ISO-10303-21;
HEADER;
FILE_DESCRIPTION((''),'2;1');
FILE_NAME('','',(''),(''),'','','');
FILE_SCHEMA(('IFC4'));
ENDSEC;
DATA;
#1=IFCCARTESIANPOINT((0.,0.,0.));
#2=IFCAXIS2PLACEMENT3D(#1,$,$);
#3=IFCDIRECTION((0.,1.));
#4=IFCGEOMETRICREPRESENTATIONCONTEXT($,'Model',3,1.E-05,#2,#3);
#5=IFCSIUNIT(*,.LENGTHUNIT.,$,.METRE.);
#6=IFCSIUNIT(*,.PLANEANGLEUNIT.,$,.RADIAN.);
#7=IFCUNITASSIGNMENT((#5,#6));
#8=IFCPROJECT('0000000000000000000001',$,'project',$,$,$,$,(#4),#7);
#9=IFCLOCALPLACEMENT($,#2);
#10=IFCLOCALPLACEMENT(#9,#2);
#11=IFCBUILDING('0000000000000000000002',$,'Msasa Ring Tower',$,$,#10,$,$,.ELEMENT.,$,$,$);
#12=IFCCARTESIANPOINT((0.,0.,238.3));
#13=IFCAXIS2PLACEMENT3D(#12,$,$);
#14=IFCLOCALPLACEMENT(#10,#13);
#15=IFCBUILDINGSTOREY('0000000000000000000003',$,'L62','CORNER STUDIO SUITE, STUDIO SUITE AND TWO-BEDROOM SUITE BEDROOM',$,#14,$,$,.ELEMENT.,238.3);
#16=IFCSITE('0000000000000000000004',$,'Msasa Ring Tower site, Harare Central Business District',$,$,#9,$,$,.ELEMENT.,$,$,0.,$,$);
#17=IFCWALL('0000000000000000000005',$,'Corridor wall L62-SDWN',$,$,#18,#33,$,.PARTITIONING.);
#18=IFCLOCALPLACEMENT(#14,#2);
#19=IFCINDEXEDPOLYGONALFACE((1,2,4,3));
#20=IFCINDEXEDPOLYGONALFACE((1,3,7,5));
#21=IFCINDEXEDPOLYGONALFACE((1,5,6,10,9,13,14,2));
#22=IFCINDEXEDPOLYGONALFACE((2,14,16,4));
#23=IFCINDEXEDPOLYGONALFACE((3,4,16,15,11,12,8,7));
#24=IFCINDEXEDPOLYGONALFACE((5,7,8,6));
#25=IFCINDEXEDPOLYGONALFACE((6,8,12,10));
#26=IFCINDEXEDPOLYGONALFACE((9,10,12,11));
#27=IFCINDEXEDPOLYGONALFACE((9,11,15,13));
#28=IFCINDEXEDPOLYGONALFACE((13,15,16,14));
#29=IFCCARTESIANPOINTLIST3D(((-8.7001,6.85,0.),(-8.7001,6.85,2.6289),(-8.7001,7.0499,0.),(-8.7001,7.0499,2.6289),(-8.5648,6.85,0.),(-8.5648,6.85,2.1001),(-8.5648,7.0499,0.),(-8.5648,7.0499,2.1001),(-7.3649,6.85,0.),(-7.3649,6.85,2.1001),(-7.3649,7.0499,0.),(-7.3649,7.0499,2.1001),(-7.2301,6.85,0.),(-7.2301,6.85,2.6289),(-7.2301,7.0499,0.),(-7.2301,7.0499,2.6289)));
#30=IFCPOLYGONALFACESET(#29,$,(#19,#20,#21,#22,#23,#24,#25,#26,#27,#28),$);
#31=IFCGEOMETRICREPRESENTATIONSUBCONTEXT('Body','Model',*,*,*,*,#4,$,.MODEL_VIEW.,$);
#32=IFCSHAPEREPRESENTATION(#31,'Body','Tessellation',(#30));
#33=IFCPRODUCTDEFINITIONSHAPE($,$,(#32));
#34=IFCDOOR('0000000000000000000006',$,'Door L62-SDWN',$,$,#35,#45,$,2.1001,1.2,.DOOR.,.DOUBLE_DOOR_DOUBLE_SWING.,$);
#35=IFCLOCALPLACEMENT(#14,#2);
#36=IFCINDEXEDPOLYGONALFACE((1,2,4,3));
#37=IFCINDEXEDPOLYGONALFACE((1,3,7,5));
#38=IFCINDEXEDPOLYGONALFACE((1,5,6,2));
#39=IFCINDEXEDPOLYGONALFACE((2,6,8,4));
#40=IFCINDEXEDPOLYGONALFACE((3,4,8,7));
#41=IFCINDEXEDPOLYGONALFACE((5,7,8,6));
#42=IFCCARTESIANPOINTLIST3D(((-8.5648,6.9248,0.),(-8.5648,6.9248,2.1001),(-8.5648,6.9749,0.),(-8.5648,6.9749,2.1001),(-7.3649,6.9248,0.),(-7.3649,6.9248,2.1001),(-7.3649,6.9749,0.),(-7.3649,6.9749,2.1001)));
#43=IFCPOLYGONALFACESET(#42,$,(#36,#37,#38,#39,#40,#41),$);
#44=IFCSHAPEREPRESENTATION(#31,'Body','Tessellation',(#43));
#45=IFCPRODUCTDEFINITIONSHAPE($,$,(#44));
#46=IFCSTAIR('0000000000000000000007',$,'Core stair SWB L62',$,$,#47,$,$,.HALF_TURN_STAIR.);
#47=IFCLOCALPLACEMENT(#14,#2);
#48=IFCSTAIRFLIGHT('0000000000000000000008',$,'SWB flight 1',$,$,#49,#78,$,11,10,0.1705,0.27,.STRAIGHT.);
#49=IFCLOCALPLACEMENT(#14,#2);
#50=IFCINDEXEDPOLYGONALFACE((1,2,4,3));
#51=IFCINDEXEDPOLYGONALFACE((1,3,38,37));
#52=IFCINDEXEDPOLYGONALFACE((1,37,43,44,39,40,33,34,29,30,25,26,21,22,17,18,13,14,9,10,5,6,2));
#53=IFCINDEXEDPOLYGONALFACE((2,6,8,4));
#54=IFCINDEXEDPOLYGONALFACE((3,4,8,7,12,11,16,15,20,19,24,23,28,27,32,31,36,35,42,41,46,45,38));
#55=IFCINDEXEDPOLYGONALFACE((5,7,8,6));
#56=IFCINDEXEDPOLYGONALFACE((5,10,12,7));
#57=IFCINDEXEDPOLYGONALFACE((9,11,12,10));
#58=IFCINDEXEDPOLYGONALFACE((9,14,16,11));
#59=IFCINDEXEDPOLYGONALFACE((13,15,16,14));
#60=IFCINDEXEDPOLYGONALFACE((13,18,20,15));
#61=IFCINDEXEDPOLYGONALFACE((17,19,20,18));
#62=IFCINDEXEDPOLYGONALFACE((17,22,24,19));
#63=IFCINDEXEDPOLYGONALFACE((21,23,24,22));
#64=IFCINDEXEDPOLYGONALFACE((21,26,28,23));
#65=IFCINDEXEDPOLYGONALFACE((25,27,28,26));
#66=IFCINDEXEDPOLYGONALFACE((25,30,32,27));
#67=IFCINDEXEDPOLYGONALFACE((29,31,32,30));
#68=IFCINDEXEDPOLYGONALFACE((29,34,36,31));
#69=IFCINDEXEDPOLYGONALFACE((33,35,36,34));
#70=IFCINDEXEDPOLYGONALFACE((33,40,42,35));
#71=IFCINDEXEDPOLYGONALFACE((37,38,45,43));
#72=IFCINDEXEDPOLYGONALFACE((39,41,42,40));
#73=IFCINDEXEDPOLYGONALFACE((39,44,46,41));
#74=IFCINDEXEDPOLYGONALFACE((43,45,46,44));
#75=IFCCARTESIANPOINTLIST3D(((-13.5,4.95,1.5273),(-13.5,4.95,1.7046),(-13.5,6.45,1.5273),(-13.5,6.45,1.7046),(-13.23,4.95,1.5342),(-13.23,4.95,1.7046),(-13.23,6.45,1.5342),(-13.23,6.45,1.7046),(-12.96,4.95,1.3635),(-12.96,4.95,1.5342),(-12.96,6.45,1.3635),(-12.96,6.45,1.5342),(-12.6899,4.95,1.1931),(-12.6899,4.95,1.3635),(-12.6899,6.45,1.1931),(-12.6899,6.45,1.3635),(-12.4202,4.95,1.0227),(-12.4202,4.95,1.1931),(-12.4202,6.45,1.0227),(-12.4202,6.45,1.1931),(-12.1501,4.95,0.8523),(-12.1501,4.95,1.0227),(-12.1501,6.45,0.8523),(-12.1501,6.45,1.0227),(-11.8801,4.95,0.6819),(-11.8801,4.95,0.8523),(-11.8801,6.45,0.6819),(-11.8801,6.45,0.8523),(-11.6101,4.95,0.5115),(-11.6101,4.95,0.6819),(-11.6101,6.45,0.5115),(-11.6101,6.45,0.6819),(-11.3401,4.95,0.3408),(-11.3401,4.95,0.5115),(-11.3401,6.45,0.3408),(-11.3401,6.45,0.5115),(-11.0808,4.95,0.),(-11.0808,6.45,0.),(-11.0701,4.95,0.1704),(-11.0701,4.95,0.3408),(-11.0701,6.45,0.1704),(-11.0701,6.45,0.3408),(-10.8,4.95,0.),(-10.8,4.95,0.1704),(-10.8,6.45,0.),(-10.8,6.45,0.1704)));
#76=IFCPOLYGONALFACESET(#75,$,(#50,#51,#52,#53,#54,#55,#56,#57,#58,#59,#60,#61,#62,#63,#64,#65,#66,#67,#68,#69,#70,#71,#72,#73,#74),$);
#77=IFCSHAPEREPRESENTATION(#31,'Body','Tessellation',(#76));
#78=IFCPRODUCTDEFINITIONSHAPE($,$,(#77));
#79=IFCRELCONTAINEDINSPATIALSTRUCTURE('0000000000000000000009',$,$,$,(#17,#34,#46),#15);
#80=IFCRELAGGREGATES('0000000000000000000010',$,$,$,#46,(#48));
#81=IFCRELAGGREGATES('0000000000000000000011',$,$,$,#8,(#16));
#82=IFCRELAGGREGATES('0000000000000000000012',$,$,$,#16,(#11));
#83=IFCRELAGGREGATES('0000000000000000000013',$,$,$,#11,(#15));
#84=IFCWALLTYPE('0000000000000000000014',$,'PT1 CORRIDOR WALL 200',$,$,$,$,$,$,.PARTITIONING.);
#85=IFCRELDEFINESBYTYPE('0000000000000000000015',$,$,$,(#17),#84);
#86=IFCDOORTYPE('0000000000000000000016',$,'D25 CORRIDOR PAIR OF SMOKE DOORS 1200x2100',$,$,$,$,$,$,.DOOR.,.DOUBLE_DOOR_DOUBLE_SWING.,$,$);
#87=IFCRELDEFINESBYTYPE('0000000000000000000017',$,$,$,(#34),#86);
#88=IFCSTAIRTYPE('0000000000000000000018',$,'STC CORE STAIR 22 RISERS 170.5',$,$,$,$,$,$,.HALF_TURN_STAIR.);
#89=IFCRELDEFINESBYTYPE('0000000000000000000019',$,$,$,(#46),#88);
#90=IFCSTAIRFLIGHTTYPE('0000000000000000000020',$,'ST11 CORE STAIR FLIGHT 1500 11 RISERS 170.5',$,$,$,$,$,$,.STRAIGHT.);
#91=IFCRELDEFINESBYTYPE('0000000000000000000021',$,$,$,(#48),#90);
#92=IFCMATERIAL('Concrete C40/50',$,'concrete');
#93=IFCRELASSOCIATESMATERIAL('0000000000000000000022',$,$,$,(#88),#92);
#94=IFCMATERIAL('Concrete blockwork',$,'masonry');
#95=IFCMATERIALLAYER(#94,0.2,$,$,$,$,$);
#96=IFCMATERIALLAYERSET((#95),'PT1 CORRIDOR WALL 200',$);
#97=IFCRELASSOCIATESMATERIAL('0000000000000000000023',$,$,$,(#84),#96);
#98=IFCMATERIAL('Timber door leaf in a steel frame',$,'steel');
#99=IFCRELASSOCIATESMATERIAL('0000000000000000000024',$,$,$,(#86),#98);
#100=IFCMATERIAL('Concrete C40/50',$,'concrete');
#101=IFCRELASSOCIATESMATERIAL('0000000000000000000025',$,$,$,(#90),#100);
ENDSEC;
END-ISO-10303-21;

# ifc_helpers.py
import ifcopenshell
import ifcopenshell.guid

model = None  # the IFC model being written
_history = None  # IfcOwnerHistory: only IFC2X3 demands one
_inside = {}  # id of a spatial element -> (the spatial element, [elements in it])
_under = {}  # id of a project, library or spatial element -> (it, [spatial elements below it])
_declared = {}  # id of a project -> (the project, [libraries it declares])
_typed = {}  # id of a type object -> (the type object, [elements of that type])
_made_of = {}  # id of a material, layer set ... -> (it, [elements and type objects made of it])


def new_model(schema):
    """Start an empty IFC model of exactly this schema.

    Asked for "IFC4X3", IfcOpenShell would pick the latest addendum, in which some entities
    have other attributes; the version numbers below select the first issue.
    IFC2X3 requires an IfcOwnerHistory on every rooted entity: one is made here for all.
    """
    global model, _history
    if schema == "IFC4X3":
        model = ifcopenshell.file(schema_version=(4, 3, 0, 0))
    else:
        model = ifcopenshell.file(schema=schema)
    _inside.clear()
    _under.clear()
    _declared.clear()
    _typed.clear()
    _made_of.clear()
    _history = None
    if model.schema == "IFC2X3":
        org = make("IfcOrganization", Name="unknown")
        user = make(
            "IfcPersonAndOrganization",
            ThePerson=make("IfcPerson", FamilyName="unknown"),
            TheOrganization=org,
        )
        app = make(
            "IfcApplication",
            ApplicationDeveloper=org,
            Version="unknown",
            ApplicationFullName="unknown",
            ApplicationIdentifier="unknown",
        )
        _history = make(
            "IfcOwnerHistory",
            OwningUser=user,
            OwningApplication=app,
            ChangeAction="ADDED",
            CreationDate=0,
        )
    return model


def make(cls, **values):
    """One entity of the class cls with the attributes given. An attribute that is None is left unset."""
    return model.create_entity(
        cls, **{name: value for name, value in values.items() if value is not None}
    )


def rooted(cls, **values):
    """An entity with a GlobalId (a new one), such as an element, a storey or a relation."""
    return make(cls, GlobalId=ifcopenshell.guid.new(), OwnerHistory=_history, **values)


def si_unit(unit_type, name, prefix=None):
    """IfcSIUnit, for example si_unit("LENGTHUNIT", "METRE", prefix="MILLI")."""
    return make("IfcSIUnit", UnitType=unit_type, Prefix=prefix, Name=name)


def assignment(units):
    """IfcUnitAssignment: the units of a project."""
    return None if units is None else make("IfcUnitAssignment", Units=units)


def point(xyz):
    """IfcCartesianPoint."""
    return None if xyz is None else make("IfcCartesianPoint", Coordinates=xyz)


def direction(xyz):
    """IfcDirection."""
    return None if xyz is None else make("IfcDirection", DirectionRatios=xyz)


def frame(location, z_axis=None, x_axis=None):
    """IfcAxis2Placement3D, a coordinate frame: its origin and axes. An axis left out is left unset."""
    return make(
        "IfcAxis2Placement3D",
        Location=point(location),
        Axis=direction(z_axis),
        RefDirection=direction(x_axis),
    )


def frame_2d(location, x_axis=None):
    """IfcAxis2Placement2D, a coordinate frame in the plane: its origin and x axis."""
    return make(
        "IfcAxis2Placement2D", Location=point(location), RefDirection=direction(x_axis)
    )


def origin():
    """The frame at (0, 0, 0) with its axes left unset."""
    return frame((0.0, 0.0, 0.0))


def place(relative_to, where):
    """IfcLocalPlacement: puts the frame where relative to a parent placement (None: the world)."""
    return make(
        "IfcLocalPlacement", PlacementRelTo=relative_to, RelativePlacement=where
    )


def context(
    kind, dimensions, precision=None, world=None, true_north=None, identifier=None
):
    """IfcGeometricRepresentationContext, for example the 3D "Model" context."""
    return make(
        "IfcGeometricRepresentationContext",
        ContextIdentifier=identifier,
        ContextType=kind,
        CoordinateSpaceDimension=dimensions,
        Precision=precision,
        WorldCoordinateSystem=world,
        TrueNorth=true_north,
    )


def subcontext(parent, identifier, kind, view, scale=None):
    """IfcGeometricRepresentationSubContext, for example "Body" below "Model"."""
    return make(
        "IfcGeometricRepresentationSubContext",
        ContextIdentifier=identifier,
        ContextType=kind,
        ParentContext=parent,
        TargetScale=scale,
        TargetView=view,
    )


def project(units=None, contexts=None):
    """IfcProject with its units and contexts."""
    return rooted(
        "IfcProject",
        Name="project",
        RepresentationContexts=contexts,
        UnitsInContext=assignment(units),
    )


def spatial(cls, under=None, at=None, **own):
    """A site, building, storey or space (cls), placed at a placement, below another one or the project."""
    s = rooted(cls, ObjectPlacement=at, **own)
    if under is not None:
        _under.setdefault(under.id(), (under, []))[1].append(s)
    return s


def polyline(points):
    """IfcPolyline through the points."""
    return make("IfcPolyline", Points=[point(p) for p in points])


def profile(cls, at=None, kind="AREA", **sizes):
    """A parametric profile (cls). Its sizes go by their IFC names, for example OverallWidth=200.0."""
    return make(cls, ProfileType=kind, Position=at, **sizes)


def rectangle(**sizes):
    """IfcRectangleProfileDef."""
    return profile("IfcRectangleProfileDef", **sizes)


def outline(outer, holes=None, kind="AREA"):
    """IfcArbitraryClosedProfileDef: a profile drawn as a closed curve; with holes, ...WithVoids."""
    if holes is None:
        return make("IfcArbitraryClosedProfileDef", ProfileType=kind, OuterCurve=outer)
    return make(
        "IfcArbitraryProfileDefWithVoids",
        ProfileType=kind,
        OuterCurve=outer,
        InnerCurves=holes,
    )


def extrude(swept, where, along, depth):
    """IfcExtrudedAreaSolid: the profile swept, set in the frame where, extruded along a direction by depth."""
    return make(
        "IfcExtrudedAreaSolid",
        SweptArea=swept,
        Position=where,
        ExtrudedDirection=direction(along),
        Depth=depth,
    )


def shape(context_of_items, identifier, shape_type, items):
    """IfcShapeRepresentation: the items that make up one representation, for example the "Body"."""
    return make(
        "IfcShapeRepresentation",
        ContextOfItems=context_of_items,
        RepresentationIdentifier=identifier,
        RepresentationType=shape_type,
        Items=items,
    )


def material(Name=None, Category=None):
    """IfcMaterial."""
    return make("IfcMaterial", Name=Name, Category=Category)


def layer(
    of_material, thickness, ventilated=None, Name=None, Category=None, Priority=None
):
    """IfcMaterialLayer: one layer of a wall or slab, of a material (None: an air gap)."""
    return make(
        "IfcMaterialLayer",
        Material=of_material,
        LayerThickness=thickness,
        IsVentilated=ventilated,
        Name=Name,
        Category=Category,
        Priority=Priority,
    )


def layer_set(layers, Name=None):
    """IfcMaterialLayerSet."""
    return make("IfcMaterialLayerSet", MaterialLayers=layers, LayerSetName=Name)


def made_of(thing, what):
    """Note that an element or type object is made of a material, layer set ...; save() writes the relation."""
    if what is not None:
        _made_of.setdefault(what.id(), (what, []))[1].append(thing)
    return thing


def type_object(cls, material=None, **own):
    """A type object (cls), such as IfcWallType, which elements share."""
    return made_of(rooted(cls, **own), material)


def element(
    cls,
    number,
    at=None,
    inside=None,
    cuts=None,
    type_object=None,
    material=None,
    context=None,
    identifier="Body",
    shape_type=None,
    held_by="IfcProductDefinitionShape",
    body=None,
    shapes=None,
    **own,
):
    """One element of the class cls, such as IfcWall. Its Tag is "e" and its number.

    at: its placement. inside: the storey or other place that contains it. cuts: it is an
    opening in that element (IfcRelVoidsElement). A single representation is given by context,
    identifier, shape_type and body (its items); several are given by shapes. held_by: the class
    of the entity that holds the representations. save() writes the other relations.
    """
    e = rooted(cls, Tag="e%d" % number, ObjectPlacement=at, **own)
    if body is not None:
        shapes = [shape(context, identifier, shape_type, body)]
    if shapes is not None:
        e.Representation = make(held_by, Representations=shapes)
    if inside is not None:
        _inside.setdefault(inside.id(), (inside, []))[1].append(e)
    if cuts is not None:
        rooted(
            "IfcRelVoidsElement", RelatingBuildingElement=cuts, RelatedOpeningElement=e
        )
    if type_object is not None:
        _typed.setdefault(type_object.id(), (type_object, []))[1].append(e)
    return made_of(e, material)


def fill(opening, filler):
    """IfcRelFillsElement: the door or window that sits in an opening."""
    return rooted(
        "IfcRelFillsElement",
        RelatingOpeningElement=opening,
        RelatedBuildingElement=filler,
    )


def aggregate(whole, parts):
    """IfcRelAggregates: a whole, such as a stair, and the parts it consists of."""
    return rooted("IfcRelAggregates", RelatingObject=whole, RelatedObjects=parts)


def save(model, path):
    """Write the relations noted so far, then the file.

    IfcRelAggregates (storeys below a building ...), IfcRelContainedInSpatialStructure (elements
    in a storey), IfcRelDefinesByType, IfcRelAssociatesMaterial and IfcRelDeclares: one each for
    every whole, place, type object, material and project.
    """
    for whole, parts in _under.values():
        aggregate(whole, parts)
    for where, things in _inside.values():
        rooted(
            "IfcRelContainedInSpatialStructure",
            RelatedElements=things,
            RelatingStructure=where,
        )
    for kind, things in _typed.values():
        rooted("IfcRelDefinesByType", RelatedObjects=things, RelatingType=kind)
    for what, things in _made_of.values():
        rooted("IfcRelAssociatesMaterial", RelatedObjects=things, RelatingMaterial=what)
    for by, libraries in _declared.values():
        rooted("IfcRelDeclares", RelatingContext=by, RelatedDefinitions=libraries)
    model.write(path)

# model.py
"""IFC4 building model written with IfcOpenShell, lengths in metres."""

from ifc_helpers import new_model, si_unit, direction, frame, frame_2d, origin, place, context, subcontext, project, spatial, polyline, rectangle, outline, extrude, material, layer, layer_set, type_object, element, fill, aggregate, save


model = new_model("IFC4")

# Units and contexts
model_context = context("Model", 3, precision=1e-05, world=origin(), true_north=direction((0.0, 1.0)))
body_context = subcontext(model_context, "Body", "Model", "MODEL_VIEW")
ifc_project = project(units=[si_unit("LENGTHUNIT", "METRE"), si_unit("PLANEANGLEUNIT", "RADIAN")], contexts=[model_context])

# Site, building, storey
site_placement = place(None, origin())
site = spatial("IfcSite", under=ifc_project, at=site_placement, Name="Msasa Ring Tower site, Harare Central Business District", CompositionType="ELEMENT", RefElevation=0.0)
building_placement = place(site_placement, origin())
building = spatial("IfcBuilding", under=site, at=building_placement, Name="Msasa Ring Tower", CompositionType="ELEMENT")
storey_placement = place(building_placement, frame((0.0, 0.0, 238.3)))
storey = spatial("IfcBuildingStorey", under=building, at=storey_placement, Name="L62", Description="CORNER STUDIO SUITE, STUDIO SUITE AND TWO-BEDROOM SUITE BEDROOM", CompositionType="ELEMENT", Elevation=238.3)

# Shared definitions
ifc_material_1 = material(Name="Concrete C40/50", Category="concrete")
stair_type = type_object("IfcStairType", Name="STC CORE STAIR 22 RISERS 170.5", PredefinedType="HALF_TURN_STAIR", material=ifc_material_1)

# Wall, opening, door
ifc_material_2 = material(Name="Concrete blockwork", Category="masonry")
ifc_layer_1 = layer(ifc_material_2, 0.2)
ifc_layer_set_1 = layer_set([ifc_layer_1], Name="PT1 CORRIDOR WALL 200")
wall_type_1 = type_object("IfcWallType", Name="PT1 CORRIDOR WALL 200", PredefinedType="PARTITIONING", material=ifc_layer_set_1)
wall_1_placement = place(storey_placement, frame((-8.7, 6.95, 0.0), z_axis=(0.0, 0.0, 1.0), x_axis=(1.0, 0.0, 0.0)))
wall_1 = element("IfcWall", 1, at=wall_1_placement, inside=storey, type_object=wall_type_1, Name="Corridor wall L62-SDWN", PredefinedType="PARTITIONING", context=body_context, shape_type="SweptSolid", body=[
    extrude(rectangle(XDim=1.47, YDim=0.2, at=frame_2d((0.7349, 0.0))), origin(), (0.0, 0.0, 1.0), 2.6289),
])
opening_placement = place(wall_1_placement, frame((0.135, 0.0, 0.0)))
opening = element("IfcOpeningElement", 2, at=opening_placement, cuts=wall_1, PredefinedType="OPENING", context=body_context, shape_type="SweptSolid", body=[
    extrude(rectangle(XDim=1.2, YDim=2.1001, at=frame_2d((0.6001, 1.05))), frame((0.0, 0.1099, 0.0), z_axis=(0.0, -1.0, 0.0), x_axis=(1.0, 0.0, 0.0)), (0.0, 0.0, 1.0), 0.22),
])
ifc_material_3 = material(Name="Timber door leaf in a steel frame", Category="steel")
door_type = type_object("IfcDoorType", Name="D25 CORRIDOR PAIR OF SMOKE DOORS 1200x2100", OperationType="DOUBLE_DOOR_DOUBLE_SWING", PredefinedType="DOOR", material=ifc_material_3)
door_placement = place(opening_placement, origin())
door = element("IfcDoor", 3, at=door_placement, inside=storey, type_object=door_type, Name="Door L62-SDWN", OperationType="DOUBLE_DOOR_DOUBLE_SWING", OverallHeight=2.1001, OverallWidth=1.2, PredefinedType="DOOR", context=body_context, shape_type="SweptSolid", body=[
    extrude(rectangle(XDim=1.2, YDim=2.1001, at=frame_2d((0.6001, 1.05))), frame((0.0, 0.0249, 0.0), z_axis=(0.0, -1.0, 0.0), x_axis=(1.0, 0.0, 0.0)), (0.0, 0.0, 1.0), 0.05),
])
fill(opening, door)

# Stair, stair flight
stair_1_placement = place(storey_placement, origin())
stair_1 = element("IfcStair", 4, at=stair_1_placement, inside=storey, type_object=stair_type, Name="Core stair SWB L62", PredefinedType="HALF_TURN_STAIR")
ifc_material_4 = material(Name="Concrete C40/50", Category="concrete")
stair_flight_type = type_object("IfcStairFlightType", Name="ST11 CORE STAIR FLIGHT 1500 11 RISERS 170.5", PredefinedType="STRAIGHT", material=ifc_material_4)
stair_flight_placement = place(storey_placement, frame((-10.8, 5.7, 0.0), z_axis=(0.0, 0.0, 1.0), x_axis=(-1.0, 0.0, 0.0)))
stair_flight = element("IfcStairFlight", 5, at=stair_flight_placement, type_object=stair_flight_type, Name="SWB flight 1", NumberOfRisers=11, NumberOfTreads=10, PredefinedType="STRAIGHT", RiserHeight=0.1705, TreadLength=0.27, context=body_context, shape_type="SweptSolid", body=[
    extrude(outline(polyline([(0.0, 0.0), (0.0, 0.1704), (0.27, 0.1704), (0.27, 0.3408), (0.54, 0.3408), (0.54, 0.5115), (0.8101, 0.5115), (0.8101, 0.6819), (1.0801, 0.6819), (1.0801, 0.8523), (1.3501, 0.8523), (1.3501, 1.0227), (1.6201, 1.0227), (1.6201, 1.1931), (1.8899, 1.1931), (1.8899, 1.3635), (2.1599, 1.3635), (2.1599, 1.5342), (2.4299, 1.5342), (2.4299, 1.7046), (2.7, 1.7046), (2.7, 1.875), (2.7, 1.5273), (0.2808, 0.0), (0.0, 0.0)])), frame((0.0, 0.75, 0.0), z_axis=(0.0, -1.0, 0.0), x_axis=(1.0, 0.0, 0.0)), (0.0, 0.0, 1.0), 1.5),
])
aggregate(stair_1, [stair_flight])

save(model, "model.ifc")
